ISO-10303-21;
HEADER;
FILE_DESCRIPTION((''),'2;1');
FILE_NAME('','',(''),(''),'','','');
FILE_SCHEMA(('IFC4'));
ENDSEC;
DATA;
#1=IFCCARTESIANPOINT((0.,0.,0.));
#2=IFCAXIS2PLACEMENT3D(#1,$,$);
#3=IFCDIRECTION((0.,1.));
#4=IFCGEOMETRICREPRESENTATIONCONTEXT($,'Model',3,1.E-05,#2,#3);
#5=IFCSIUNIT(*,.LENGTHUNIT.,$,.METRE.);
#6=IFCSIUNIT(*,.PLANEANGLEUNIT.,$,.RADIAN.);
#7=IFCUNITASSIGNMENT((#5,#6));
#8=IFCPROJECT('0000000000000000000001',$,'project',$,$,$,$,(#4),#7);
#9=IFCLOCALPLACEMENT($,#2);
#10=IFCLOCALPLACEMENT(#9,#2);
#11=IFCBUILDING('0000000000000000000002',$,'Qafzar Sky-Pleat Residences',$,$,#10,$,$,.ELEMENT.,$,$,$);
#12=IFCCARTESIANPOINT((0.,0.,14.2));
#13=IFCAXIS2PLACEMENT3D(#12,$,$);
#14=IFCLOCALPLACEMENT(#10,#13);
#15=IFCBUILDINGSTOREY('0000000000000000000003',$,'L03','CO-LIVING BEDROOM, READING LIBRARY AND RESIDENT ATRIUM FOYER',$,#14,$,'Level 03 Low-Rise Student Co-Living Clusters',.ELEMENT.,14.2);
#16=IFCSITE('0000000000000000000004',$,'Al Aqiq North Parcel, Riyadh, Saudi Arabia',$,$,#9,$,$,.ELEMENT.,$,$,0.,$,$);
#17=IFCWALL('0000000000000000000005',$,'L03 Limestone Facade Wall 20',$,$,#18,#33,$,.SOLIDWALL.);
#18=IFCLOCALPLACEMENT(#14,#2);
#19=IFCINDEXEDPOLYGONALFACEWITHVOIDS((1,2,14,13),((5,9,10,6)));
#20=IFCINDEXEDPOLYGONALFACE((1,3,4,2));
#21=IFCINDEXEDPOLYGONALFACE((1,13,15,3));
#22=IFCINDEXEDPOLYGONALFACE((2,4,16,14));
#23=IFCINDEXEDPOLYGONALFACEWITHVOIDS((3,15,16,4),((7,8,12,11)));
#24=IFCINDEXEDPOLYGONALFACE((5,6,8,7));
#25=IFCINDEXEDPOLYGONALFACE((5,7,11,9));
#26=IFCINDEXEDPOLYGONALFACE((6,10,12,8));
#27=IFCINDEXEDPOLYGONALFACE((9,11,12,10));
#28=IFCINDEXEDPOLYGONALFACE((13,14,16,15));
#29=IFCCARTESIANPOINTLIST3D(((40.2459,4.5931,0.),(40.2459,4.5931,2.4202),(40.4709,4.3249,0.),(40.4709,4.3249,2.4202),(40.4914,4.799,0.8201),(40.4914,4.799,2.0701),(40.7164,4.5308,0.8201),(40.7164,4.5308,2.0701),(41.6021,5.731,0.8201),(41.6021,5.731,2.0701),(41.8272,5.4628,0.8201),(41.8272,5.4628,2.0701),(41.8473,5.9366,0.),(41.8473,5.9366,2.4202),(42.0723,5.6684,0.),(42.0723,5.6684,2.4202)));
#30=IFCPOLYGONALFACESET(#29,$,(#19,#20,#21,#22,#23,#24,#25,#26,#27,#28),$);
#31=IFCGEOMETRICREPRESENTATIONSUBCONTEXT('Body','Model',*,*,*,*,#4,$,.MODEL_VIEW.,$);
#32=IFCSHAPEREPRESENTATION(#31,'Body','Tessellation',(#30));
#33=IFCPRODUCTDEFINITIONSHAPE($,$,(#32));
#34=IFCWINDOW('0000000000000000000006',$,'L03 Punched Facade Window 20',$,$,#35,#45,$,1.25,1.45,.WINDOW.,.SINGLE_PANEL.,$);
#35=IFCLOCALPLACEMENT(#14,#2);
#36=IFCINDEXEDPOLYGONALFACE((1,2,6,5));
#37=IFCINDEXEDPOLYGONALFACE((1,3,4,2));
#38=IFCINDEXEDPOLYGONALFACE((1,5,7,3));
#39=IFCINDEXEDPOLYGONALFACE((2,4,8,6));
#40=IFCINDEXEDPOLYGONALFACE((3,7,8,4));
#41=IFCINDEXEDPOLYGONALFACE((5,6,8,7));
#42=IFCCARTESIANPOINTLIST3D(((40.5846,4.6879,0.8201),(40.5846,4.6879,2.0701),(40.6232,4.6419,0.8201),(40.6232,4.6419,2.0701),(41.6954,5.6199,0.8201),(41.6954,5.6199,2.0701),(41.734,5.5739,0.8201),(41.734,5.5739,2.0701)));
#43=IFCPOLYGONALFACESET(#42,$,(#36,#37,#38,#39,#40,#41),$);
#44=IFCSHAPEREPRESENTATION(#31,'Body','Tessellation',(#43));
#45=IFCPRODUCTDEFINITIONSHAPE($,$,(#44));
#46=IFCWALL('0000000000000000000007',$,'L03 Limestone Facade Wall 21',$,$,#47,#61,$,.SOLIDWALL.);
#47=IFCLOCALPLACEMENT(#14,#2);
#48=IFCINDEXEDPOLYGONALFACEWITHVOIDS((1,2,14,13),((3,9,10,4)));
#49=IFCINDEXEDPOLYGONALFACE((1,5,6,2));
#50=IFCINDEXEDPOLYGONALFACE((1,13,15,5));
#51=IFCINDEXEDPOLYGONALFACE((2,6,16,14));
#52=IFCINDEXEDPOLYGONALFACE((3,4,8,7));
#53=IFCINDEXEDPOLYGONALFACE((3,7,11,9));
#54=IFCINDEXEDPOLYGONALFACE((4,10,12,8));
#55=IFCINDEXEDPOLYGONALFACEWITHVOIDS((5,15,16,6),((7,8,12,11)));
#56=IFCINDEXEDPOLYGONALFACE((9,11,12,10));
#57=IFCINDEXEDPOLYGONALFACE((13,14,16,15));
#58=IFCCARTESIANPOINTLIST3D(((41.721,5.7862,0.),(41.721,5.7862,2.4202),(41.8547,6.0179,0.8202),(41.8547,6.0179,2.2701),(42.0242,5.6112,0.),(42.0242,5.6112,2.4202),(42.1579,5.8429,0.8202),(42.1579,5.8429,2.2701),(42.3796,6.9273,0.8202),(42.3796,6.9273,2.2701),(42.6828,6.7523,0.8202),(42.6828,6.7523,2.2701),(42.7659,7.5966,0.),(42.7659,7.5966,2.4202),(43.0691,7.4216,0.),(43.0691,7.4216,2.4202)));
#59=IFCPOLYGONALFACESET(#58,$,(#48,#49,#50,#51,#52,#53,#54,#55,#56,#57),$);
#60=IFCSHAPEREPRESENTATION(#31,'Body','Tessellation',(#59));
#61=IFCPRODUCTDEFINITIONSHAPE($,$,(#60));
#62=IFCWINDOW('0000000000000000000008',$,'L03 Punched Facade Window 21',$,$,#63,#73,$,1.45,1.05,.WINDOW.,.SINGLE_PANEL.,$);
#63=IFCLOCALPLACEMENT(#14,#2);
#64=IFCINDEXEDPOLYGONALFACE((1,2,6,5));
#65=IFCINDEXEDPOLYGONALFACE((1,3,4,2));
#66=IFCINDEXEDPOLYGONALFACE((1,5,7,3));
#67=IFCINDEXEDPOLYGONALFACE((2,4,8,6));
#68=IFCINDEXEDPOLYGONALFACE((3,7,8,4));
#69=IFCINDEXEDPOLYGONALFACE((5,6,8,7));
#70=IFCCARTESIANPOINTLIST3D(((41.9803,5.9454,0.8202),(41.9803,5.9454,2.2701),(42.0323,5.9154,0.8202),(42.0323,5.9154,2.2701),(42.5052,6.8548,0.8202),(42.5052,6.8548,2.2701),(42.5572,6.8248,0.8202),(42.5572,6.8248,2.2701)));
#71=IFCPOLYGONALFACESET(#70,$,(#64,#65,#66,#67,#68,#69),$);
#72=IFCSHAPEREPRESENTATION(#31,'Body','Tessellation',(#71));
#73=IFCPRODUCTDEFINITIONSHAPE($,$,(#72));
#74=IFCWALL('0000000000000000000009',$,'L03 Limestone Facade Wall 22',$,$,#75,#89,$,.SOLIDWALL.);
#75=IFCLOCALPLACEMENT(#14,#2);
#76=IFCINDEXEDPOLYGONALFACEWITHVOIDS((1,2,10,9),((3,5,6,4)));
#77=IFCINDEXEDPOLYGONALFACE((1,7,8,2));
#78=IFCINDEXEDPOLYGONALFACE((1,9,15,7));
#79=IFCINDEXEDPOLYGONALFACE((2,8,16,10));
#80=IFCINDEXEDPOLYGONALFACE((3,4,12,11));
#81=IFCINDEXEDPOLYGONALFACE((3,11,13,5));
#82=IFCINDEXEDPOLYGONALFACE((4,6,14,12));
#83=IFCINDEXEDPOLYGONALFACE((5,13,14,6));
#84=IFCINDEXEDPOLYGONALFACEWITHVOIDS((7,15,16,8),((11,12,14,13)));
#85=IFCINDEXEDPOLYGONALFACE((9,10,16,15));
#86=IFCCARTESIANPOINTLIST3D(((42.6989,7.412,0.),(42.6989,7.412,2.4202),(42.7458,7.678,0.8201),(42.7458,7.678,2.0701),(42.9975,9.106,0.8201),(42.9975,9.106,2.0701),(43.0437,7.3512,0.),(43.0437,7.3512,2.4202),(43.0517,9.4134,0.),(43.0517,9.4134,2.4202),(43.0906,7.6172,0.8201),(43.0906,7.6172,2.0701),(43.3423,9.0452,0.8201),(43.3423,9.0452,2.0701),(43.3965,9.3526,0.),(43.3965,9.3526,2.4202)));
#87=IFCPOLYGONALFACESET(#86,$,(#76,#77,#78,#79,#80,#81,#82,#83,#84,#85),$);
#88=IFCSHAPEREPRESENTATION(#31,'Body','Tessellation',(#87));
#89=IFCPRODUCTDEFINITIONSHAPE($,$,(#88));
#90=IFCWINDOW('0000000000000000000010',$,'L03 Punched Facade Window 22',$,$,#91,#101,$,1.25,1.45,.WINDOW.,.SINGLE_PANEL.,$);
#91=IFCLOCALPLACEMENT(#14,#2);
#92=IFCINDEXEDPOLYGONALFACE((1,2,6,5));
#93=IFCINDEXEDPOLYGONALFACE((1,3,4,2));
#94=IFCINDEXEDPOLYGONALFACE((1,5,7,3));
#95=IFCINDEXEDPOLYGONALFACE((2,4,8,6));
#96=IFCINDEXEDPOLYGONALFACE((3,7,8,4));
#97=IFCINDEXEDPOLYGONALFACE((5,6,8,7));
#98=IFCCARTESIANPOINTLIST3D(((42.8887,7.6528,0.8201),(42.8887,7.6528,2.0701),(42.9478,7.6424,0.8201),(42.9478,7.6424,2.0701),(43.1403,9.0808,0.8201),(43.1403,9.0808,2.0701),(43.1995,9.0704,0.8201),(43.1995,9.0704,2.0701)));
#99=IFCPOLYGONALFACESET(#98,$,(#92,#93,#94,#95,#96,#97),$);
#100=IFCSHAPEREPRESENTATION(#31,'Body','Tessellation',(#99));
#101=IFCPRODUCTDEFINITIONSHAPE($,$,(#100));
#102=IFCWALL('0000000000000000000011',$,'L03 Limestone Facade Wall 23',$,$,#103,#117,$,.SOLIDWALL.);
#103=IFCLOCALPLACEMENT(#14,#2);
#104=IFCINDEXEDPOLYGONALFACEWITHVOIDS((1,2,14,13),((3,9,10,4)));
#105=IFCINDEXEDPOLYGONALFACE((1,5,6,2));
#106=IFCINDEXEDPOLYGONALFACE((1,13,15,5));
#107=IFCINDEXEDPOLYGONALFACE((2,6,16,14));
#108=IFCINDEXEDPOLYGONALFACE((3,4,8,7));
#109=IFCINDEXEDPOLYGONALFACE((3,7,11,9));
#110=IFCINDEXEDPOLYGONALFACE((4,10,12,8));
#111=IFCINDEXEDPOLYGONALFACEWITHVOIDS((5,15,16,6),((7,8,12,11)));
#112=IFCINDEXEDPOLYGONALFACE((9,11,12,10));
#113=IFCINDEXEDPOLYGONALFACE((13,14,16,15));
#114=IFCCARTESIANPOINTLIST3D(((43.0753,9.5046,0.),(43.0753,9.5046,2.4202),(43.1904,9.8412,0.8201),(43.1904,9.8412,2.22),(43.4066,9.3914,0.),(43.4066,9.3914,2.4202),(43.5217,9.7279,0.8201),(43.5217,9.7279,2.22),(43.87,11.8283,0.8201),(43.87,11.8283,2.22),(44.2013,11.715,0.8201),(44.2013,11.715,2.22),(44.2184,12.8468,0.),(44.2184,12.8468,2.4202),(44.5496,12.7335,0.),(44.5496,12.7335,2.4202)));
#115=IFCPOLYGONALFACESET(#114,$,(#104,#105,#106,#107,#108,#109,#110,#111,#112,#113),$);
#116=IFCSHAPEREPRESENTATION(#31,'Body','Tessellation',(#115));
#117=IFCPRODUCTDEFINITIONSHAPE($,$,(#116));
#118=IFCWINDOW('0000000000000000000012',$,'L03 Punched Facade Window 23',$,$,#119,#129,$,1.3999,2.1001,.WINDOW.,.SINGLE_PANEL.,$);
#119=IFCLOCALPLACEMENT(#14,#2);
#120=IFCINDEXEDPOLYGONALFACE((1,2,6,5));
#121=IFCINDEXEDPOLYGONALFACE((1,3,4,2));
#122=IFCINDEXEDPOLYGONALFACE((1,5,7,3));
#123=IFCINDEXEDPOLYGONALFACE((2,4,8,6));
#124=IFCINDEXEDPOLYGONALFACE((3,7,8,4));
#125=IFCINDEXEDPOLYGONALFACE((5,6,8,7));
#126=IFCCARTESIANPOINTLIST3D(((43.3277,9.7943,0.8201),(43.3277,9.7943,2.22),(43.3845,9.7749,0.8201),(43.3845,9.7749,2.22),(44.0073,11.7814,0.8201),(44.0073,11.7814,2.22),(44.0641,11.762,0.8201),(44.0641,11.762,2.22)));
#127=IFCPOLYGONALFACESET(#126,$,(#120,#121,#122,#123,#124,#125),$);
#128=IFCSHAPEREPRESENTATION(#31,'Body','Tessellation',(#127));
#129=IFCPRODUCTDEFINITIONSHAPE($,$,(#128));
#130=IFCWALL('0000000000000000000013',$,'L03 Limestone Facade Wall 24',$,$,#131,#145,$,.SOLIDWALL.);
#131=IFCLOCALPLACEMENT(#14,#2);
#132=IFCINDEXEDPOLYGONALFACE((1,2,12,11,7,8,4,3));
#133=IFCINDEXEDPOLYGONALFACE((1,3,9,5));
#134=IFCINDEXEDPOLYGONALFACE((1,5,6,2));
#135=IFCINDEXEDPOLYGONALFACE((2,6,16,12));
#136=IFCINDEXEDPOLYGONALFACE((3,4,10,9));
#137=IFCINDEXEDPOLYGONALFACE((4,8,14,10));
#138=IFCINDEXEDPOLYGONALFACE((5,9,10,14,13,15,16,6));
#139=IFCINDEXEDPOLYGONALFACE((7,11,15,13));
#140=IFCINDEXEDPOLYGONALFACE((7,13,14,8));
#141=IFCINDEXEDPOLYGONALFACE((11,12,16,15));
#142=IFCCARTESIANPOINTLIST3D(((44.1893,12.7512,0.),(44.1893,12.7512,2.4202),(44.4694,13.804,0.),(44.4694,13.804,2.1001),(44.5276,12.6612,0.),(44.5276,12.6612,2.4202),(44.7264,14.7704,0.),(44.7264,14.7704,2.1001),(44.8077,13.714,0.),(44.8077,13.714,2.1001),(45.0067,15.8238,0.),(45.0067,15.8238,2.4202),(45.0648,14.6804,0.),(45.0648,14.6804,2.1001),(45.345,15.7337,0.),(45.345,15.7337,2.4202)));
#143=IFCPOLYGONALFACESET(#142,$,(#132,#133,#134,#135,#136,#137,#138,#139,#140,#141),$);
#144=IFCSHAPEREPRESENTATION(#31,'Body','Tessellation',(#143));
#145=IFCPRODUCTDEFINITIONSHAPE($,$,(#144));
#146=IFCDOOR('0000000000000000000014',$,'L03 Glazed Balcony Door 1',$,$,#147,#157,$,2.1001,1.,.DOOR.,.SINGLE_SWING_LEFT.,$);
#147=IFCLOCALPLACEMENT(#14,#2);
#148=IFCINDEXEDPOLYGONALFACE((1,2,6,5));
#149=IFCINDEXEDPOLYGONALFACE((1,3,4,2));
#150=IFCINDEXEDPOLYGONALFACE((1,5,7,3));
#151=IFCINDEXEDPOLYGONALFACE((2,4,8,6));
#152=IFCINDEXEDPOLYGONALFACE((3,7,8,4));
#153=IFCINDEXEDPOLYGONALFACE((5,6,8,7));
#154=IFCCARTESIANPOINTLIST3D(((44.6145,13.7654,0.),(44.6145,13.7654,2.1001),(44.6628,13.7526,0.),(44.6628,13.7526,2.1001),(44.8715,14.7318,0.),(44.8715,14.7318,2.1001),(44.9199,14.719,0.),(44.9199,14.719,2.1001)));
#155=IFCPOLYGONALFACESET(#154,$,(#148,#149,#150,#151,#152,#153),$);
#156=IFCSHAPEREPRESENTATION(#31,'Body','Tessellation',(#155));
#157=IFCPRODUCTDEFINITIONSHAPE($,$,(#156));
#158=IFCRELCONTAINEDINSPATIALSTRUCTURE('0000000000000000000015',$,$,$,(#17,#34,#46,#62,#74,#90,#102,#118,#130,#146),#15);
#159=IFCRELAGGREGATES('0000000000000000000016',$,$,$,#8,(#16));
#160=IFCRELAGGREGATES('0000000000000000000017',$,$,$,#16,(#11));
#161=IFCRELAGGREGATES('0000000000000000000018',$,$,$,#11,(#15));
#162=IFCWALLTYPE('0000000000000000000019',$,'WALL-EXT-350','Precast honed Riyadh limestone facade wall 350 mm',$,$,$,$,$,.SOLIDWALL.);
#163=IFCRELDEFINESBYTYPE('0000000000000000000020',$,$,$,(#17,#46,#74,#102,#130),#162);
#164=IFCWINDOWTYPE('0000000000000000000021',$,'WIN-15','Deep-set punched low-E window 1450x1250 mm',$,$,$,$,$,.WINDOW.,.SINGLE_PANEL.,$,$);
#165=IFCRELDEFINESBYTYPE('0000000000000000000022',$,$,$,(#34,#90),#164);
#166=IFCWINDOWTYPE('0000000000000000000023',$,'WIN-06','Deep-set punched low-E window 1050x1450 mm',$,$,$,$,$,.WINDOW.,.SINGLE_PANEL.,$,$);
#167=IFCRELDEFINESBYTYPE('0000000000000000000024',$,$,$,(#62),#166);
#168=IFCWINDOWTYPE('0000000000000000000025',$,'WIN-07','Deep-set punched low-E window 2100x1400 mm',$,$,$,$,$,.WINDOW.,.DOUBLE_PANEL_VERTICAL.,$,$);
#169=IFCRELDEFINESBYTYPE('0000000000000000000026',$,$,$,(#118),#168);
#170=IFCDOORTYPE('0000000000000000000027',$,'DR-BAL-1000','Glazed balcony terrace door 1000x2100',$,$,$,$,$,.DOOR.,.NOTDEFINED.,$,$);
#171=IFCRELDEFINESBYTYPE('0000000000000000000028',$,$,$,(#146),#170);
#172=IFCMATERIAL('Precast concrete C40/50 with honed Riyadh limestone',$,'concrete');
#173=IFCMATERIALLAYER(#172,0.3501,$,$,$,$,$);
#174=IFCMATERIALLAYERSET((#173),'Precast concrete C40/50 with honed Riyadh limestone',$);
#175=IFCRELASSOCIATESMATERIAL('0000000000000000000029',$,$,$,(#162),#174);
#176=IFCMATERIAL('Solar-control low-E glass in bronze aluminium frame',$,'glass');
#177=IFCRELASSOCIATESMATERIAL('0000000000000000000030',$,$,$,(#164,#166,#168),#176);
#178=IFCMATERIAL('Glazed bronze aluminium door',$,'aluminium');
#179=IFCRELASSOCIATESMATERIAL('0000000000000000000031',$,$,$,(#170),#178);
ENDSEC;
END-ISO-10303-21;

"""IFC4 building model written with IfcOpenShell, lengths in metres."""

from ifc_helpers import new_model, si_unit, direction, frame, frame_2d, origin, place, context, subcontext, project, spatial, rectangle, extrude, source, transform, mapped, material, layer, layer_set, type_object, element, fill, save


model = new_model("IFC4")

# Units and contexts
model_context = context("Model", 3, precision=1e-05, world=origin(), true_north=direction((0.0, 1.0)))
body_context = subcontext(model_context, "Body", "Model", "MODEL_VIEW")
ifc_project = project(units=[si_unit("LENGTHUNIT", "METRE"), si_unit("PLANEANGLEUNIT", "RADIAN")], contexts=[model_context])

# Site, building, storey
site_placement = place(None, origin())
site = spatial("IfcSite", under=ifc_project, at=site_placement, Name="Al Aqiq North Parcel, Riyadh, Saudi Arabia", CompositionType="ELEMENT", RefElevation=0.0)
building_placement = place(site_placement, origin())
building = spatial("IfcBuilding", under=site, at=building_placement, Name="Qafzar Sky-Pleat Residences", CompositionType="ELEMENT")
storey_placement = place(building_placement, frame((0.0, 0.0, 14.2)))
storey = spatial("IfcBuildingStorey", under=building, at=storey_placement, Name="L03", Description="CO-LIVING BEDROOM, READING LIBRARY AND RESIDENT ATRIUM FOYER", LongName="Level 03 Low-Rise Student Co-Living Clusters", CompositionType="ELEMENT", Elevation=14.2)

# Walls, openings, windows
ifc_material_1 = material(Name="Precast concrete C40/50 with honed Riyadh limestone", Category="concrete")
ifc_layer_1 = layer(ifc_material_1, 0.3501)
ifc_layer_set_1 = layer_set([ifc_layer_1], Name="Precast concrete C40/50 with honed Riyadh limestone")
wall_type_1 = type_object("IfcWallType", Name="WALL-EXT-350", Description="Precast honed Riyadh limestone facade wall 350 mm", PredefinedType="SOLIDWALL", material=ifc_layer_set_1)
wall_1_placement = place(storey_placement, frame((40.3584, 4.459, 0.0), z_axis=(0.0, 0.0, 1.0), x_axis=(0.766082, 0.642743, 0.0)))
wall_1 = element("IfcWall", 1, at=wall_1_placement, inside=storey, type_object=wall_type_1, Name="L03 Limestone Facade Wall 20", PredefinedType="SOLIDWALL", context=body_context, shape_type="SweptSolid", body=[
    extrude(rectangle(XDim=2.0903, YDim=0.3501, at=frame_2d((1.0452, 0.0))), origin(), (0.0, 0.0, 1.0), 2.4202),
])
opening_1_placement = place(wall_1_placement, frame((0.3203, 0.0, 0.8201)))
opening_1 = element("IfcOpeningElement", 2, at=opening_1_placement, cuts=wall_1, PredefinedType="OPENING", context=body_context, shape_type="SweptSolid", body=[
    extrude(rectangle(XDim=1.45, YDim=1.25, at=frame_2d((0.7251, 0.625))), frame((0.0, 0.1851, 0.0), z_axis=(0.0, -1.0, 0.0), x_axis=(1.0, 0.0, 0.0)), (0.0, 0.0, 1.0), 0.3701),
])
ifc_material_2 = material(Name="Solar-control low-E glass in bronze aluminium frame", Category="glass")
window_type_1 = type_object("IfcWindowType", Name="WIN-15", Description="Deep-set punched low-E window 1450x1250 mm", PartitioningType="SINGLE_PANEL", PredefinedType="WINDOW", material=ifc_material_2)
shared_shape_1 = source(origin(), body_context, "Body", "SweptSolid", [
    extrude(rectangle(XDim=1.45, YDim=1.25, at=frame_2d((0.7251, 0.625))), frame((0.0, 0.03, 0.0), z_axis=(0.0, -1.0, 0.0), x_axis=(1.0, 0.0, 0.0)), (0.0, 0.0, 1.0), 0.0601),
])
window_1_placement = place(opening_1_placement, origin())
window_1 = element("IfcWindow", 3, at=window_1_placement, inside=storey, type_object=window_type_1, Name="L03 Punched Facade Window 20", OverallHeight=1.25, OverallWidth=1.45, PartitioningType="SINGLE_PANEL", PredefinedType="WINDOW", context=body_context, shape_type="MappedRepresentation", body=[
    mapped(shared_shape_1, transform((0.0, 0.0, 0.0), x_axis=(1.0, 0.0, 0.0), y_axis=(0.0, 1.0, 0.0), z_axis=(0.0, 0.0, 1.0), scale=1.0)),
])
fill(opening_1, window_1)
wall_2_placement = place(storey_placement, frame((41.8726, 5.6987, 0.0), z_axis=(0.0, 0.0, 1.0), x_axis=(0.499908, 0.866079, 0.0)))
wall_2 = element("IfcWall", 4, at=wall_2_placement, inside=storey, type_object=wall_type_1, Name="L03 Limestone Facade Wall 21", PredefinedType="SOLIDWALL", context=body_context, shape_type="SweptSolid", body=[
    extrude(rectangle(XDim=2.0903, YDim=0.3501, at=frame_2d((1.0452, 0.0))), origin(), (0.0, 0.0, 1.0), 2.4202),
])
opening_2_placement = place(wall_2_placement, frame((0.2676, 0.0, 0.8201)))
opening_2 = element("IfcOpeningElement", 5, at=opening_2_placement, cuts=wall_2, PredefinedType="OPENING", context=body_context, shape_type="SweptSolid", body=[
    extrude(rectangle(XDim=1.05, YDim=1.45, at=frame_2d((0.5249, 0.7251))), frame((0.0, 0.1851, 0.0), z_axis=(0.0, -1.0, 0.0), x_axis=(1.0, 0.0, 0.0)), (0.0, 0.0, 1.0), 0.3701),
])
window_type_2 = type_object("IfcWindowType", Name="WIN-06", Description="Deep-set punched low-E window 1050x1450 mm", PartitioningType="SINGLE_PANEL", PredefinedType="WINDOW", material=ifc_material_2)
shared_shape_2 = source(origin(), body_context, "Body", "SweptSolid", [
    extrude(rectangle(XDim=1.05, YDim=1.45, at=frame_2d((0.5249, 0.7251))), frame((0.0, 0.03, 0.0), z_axis=(0.0, -1.0, 0.0), x_axis=(1.0, 0.0, 0.0)), (0.0, 0.0, 1.0), 0.0601),
])
window_2_placement = place(opening_2_placement, origin())
window_2 = element("IfcWindow", 6, at=window_2_placement, inside=storey, type_object=window_type_2, Name="L03 Punched Facade Window 21", OverallHeight=1.45, OverallWidth=1.05, PartitioningType="SINGLE_PANEL", PredefinedType="WINDOW", context=body_context, shape_type="MappedRepresentation", body=[
    mapped(shared_shape_2, transform((0.0, 0.0, 0.0), x_axis=(1.0, 0.0, 0.0), y_axis=(0.0, 1.0, 0.0), z_axis=(0.0, 0.0, 1.0), scale=1.0)),
])
fill(opening_2, window_2)
wall_3_placement = place(storey_placement, frame((42.8713, 7.3816, 0.0), z_axis=(0.0, 0.0, 1.0), x_axis=(0.173587, 0.984819, 0.0)))
wall_3 = element("IfcWall", 7, at=wall_3_placement, inside=storey, type_object=wall_type_1, Name="L03 Limestone Facade Wall 22", PredefinedType="SOLIDWALL", context=body_context, shape_type="SweptSolid", body=[
    extrude(rectangle(XDim=2.0322, YDim=0.3501, at=frame_2d((1.0161, 0.0))), origin(), (0.0, 0.0, 1.0), 2.4202),
])
opening_3_placement = place(wall_3_placement, frame((0.27, 0.0, 0.8201)))
opening_3 = element("IfcOpeningElement", 8, at=opening_3_placement, cuts=wall_3, PredefinedType="OPENING", context=body_context, shape_type="SweptSolid", body=[
    extrude(rectangle(XDim=1.45, YDim=1.25, at=frame_2d((0.7251, 0.625))), frame((0.0, 0.1851, 0.0), z_axis=(0.0, -1.0, 0.0), x_axis=(1.0, 0.0, 0.0)), (0.0, 0.0, 1.0), 0.3701),
])
window_3_placement = place(opening_3_placement, origin())
window_3 = element("IfcWindow", 9, at=window_3_placement, inside=storey, type_object=window_type_1, Name="L03 Punched Facade Window 22", OverallHeight=1.25, OverallWidth=1.45, PartitioningType="SINGLE_PANEL", PredefinedType="WINDOW", context=body_context, shape_type="MappedRepresentation", body=[
    mapped(shared_shape_1, transform((0.0, 0.0, 0.0), x_axis=(1.0, 0.0, 0.0), y_axis=(0.0, 1.0, 0.0), z_axis=(0.0, 0.0, 1.0), scale=1.0)),
])
fill(opening_3, window_3)
wall_4_placement = place(storey_placement, frame((43.241, 9.448, 0.0), z_axis=(0.0, 0.0, 1.0), x_axis=(0.3236, 0.946194, 0.0)))
wall_4 = element("IfcWall", 10, at=wall_4_placement, inside=storey, type_object=wall_type_1, Name="L03 Limestone Facade Wall 23", PredefinedType="SOLIDWALL", context=body_context, shape_type="SweptSolid", body=[
    extrude(rectangle(XDim=3.5322, YDim=0.3501, at=frame_2d((1.7661, 0.0))), origin(), (0.0, 0.0, 1.0), 2.4202),
])
opening_4_placement = place(wall_4_placement, frame((0.3557, 0.0, 0.8201)))
opening_4 = element("IfcOpeningElement", 11, at=opening_4_placement, cuts=wall_4, PredefinedType="OPENING", context=body_context, shape_type="SweptSolid", body=[
    extrude(rectangle(XDim=2.1001, YDim=1.3999, at=frame_2d((1.05, 0.7))), frame((0.0, 0.1851, 0.0), z_axis=(0.0, -1.0, 0.0), x_axis=(1.0, 0.0, 0.0)), (0.0, 0.0, 1.0), 0.3701),
])
window_type_3 = type_object("IfcWindowType", Name="WIN-07", Description="Deep-set punched low-E window 2100x1400 mm", PartitioningType="DOUBLE_PANEL_VERTICAL", PredefinedType="WINDOW", material=ifc_material_2)
shared_shape_3 = source(origin(), body_context, "Body", "SweptSolid", [
    extrude(rectangle(XDim=2.1001, YDim=1.3999, at=frame_2d((1.05, 0.7))), frame((0.0, 0.03, 0.0), z_axis=(0.0, -1.0, 0.0), x_axis=(1.0, 0.0, 0.0)), (0.0, 0.0, 1.0), 0.0601),
])
window_4_placement = place(opening_4_placement, origin())
window_4 = element("IfcWindow", 12, at=window_4_placement, inside=storey, type_object=window_type_3, Name="L03 Punched Facade Window 23", OverallHeight=1.3999, OverallWidth=2.1001, PartitioningType="SINGLE_PANEL", PredefinedType="WINDOW", context=body_context, shape_type="MappedRepresentation", body=[
    mapped(shared_shape_3, transform((0.0, 0.0, 0.0), x_axis=(1.0, 0.0, 0.0), y_axis=(0.0, 1.0, 0.0), z_axis=(0.0, 0.0, 1.0), scale=1.0)),
])
fill(opening_4, window_4)

# Wall, opening, door
wall_5_placement = place(storey_placement, frame((44.3584, 12.7061, 0.0), z_axis=(0.0, 0.0, 1.0), x_axis=(0.257089, 0.966388, 0.0)))
wall_5 = element("IfcWall", 13, at=wall_5_placement, inside=storey, type_object=wall_type_1, Name="L03 Limestone Facade Wall 24", PredefinedType="SOLIDWALL", context=body_context, shape_type="SweptSolid", body=[
    extrude(rectangle(XDim=3.1794, YDim=0.3501, at=frame_2d((1.5898, 0.0))), origin(), (0.0, 0.0, 1.0), 2.4202),
])
opening_5_placement = place(wall_5_placement, frame((1.0896, 0.0, 0.0)))
opening_5 = element("IfcOpeningElement", 14, at=opening_5_placement, cuts=wall_5, PredefinedType="OPENING", context=body_context, shape_type="SweptSolid", body=[
    extrude(rectangle(XDim=1.0, YDim=2.1001, at=frame_2d((0.5, 1.05))), frame((0.0, 0.1851, 0.0), z_axis=(0.0, -1.0, 0.0), x_axis=(1.0, 0.0, 0.0)), (0.0, 0.0, 1.0), 0.3701),
])
ifc_material_3 = material(Name="Glazed bronze aluminium door", Category="aluminium")
door_type_1 = type_object("IfcDoorType", Name="DR-BAL-1000", Description="Glazed balcony terrace door 1000x2100", OperationType="NOTDEFINED", PredefinedType="DOOR", material=ifc_material_3)
shared_shape_4 = source(origin(), body_context, "Body", "SweptSolid", [
    extrude(rectangle(XDim=1.0, YDim=2.1001, at=frame_2d((0.5, 1.05))), frame((0.0, 0.0249, 0.0), z_axis=(0.0, -1.0, 0.0), x_axis=(1.0, 0.0, 0.0)), (0.0, 0.0, 1.0), 0.05),
])
door_1_placement = place(opening_5_placement, origin())
door_1 = element("IfcDoor", 15, at=door_1_placement, inside=storey, type_object=door_type_1, Name="L03 Glazed Balcony Door 1", OperationType="SINGLE_SWING_LEFT", OverallHeight=2.1001, OverallWidth=1.0, PredefinedType="DOOR", context=body_context, shape_type="MappedRepresentation", body=[
    mapped(shared_shape_4, transform((0.0, 0.0, 0.0), x_axis=(1.0, 0.0, 0.0), y_axis=(0.0, 1.0, 0.0), z_axis=(0.0, 0.0, 1.0), scale=1.0)),
])
fill(opening_5, door_1)

save(model, "model.ifc")
